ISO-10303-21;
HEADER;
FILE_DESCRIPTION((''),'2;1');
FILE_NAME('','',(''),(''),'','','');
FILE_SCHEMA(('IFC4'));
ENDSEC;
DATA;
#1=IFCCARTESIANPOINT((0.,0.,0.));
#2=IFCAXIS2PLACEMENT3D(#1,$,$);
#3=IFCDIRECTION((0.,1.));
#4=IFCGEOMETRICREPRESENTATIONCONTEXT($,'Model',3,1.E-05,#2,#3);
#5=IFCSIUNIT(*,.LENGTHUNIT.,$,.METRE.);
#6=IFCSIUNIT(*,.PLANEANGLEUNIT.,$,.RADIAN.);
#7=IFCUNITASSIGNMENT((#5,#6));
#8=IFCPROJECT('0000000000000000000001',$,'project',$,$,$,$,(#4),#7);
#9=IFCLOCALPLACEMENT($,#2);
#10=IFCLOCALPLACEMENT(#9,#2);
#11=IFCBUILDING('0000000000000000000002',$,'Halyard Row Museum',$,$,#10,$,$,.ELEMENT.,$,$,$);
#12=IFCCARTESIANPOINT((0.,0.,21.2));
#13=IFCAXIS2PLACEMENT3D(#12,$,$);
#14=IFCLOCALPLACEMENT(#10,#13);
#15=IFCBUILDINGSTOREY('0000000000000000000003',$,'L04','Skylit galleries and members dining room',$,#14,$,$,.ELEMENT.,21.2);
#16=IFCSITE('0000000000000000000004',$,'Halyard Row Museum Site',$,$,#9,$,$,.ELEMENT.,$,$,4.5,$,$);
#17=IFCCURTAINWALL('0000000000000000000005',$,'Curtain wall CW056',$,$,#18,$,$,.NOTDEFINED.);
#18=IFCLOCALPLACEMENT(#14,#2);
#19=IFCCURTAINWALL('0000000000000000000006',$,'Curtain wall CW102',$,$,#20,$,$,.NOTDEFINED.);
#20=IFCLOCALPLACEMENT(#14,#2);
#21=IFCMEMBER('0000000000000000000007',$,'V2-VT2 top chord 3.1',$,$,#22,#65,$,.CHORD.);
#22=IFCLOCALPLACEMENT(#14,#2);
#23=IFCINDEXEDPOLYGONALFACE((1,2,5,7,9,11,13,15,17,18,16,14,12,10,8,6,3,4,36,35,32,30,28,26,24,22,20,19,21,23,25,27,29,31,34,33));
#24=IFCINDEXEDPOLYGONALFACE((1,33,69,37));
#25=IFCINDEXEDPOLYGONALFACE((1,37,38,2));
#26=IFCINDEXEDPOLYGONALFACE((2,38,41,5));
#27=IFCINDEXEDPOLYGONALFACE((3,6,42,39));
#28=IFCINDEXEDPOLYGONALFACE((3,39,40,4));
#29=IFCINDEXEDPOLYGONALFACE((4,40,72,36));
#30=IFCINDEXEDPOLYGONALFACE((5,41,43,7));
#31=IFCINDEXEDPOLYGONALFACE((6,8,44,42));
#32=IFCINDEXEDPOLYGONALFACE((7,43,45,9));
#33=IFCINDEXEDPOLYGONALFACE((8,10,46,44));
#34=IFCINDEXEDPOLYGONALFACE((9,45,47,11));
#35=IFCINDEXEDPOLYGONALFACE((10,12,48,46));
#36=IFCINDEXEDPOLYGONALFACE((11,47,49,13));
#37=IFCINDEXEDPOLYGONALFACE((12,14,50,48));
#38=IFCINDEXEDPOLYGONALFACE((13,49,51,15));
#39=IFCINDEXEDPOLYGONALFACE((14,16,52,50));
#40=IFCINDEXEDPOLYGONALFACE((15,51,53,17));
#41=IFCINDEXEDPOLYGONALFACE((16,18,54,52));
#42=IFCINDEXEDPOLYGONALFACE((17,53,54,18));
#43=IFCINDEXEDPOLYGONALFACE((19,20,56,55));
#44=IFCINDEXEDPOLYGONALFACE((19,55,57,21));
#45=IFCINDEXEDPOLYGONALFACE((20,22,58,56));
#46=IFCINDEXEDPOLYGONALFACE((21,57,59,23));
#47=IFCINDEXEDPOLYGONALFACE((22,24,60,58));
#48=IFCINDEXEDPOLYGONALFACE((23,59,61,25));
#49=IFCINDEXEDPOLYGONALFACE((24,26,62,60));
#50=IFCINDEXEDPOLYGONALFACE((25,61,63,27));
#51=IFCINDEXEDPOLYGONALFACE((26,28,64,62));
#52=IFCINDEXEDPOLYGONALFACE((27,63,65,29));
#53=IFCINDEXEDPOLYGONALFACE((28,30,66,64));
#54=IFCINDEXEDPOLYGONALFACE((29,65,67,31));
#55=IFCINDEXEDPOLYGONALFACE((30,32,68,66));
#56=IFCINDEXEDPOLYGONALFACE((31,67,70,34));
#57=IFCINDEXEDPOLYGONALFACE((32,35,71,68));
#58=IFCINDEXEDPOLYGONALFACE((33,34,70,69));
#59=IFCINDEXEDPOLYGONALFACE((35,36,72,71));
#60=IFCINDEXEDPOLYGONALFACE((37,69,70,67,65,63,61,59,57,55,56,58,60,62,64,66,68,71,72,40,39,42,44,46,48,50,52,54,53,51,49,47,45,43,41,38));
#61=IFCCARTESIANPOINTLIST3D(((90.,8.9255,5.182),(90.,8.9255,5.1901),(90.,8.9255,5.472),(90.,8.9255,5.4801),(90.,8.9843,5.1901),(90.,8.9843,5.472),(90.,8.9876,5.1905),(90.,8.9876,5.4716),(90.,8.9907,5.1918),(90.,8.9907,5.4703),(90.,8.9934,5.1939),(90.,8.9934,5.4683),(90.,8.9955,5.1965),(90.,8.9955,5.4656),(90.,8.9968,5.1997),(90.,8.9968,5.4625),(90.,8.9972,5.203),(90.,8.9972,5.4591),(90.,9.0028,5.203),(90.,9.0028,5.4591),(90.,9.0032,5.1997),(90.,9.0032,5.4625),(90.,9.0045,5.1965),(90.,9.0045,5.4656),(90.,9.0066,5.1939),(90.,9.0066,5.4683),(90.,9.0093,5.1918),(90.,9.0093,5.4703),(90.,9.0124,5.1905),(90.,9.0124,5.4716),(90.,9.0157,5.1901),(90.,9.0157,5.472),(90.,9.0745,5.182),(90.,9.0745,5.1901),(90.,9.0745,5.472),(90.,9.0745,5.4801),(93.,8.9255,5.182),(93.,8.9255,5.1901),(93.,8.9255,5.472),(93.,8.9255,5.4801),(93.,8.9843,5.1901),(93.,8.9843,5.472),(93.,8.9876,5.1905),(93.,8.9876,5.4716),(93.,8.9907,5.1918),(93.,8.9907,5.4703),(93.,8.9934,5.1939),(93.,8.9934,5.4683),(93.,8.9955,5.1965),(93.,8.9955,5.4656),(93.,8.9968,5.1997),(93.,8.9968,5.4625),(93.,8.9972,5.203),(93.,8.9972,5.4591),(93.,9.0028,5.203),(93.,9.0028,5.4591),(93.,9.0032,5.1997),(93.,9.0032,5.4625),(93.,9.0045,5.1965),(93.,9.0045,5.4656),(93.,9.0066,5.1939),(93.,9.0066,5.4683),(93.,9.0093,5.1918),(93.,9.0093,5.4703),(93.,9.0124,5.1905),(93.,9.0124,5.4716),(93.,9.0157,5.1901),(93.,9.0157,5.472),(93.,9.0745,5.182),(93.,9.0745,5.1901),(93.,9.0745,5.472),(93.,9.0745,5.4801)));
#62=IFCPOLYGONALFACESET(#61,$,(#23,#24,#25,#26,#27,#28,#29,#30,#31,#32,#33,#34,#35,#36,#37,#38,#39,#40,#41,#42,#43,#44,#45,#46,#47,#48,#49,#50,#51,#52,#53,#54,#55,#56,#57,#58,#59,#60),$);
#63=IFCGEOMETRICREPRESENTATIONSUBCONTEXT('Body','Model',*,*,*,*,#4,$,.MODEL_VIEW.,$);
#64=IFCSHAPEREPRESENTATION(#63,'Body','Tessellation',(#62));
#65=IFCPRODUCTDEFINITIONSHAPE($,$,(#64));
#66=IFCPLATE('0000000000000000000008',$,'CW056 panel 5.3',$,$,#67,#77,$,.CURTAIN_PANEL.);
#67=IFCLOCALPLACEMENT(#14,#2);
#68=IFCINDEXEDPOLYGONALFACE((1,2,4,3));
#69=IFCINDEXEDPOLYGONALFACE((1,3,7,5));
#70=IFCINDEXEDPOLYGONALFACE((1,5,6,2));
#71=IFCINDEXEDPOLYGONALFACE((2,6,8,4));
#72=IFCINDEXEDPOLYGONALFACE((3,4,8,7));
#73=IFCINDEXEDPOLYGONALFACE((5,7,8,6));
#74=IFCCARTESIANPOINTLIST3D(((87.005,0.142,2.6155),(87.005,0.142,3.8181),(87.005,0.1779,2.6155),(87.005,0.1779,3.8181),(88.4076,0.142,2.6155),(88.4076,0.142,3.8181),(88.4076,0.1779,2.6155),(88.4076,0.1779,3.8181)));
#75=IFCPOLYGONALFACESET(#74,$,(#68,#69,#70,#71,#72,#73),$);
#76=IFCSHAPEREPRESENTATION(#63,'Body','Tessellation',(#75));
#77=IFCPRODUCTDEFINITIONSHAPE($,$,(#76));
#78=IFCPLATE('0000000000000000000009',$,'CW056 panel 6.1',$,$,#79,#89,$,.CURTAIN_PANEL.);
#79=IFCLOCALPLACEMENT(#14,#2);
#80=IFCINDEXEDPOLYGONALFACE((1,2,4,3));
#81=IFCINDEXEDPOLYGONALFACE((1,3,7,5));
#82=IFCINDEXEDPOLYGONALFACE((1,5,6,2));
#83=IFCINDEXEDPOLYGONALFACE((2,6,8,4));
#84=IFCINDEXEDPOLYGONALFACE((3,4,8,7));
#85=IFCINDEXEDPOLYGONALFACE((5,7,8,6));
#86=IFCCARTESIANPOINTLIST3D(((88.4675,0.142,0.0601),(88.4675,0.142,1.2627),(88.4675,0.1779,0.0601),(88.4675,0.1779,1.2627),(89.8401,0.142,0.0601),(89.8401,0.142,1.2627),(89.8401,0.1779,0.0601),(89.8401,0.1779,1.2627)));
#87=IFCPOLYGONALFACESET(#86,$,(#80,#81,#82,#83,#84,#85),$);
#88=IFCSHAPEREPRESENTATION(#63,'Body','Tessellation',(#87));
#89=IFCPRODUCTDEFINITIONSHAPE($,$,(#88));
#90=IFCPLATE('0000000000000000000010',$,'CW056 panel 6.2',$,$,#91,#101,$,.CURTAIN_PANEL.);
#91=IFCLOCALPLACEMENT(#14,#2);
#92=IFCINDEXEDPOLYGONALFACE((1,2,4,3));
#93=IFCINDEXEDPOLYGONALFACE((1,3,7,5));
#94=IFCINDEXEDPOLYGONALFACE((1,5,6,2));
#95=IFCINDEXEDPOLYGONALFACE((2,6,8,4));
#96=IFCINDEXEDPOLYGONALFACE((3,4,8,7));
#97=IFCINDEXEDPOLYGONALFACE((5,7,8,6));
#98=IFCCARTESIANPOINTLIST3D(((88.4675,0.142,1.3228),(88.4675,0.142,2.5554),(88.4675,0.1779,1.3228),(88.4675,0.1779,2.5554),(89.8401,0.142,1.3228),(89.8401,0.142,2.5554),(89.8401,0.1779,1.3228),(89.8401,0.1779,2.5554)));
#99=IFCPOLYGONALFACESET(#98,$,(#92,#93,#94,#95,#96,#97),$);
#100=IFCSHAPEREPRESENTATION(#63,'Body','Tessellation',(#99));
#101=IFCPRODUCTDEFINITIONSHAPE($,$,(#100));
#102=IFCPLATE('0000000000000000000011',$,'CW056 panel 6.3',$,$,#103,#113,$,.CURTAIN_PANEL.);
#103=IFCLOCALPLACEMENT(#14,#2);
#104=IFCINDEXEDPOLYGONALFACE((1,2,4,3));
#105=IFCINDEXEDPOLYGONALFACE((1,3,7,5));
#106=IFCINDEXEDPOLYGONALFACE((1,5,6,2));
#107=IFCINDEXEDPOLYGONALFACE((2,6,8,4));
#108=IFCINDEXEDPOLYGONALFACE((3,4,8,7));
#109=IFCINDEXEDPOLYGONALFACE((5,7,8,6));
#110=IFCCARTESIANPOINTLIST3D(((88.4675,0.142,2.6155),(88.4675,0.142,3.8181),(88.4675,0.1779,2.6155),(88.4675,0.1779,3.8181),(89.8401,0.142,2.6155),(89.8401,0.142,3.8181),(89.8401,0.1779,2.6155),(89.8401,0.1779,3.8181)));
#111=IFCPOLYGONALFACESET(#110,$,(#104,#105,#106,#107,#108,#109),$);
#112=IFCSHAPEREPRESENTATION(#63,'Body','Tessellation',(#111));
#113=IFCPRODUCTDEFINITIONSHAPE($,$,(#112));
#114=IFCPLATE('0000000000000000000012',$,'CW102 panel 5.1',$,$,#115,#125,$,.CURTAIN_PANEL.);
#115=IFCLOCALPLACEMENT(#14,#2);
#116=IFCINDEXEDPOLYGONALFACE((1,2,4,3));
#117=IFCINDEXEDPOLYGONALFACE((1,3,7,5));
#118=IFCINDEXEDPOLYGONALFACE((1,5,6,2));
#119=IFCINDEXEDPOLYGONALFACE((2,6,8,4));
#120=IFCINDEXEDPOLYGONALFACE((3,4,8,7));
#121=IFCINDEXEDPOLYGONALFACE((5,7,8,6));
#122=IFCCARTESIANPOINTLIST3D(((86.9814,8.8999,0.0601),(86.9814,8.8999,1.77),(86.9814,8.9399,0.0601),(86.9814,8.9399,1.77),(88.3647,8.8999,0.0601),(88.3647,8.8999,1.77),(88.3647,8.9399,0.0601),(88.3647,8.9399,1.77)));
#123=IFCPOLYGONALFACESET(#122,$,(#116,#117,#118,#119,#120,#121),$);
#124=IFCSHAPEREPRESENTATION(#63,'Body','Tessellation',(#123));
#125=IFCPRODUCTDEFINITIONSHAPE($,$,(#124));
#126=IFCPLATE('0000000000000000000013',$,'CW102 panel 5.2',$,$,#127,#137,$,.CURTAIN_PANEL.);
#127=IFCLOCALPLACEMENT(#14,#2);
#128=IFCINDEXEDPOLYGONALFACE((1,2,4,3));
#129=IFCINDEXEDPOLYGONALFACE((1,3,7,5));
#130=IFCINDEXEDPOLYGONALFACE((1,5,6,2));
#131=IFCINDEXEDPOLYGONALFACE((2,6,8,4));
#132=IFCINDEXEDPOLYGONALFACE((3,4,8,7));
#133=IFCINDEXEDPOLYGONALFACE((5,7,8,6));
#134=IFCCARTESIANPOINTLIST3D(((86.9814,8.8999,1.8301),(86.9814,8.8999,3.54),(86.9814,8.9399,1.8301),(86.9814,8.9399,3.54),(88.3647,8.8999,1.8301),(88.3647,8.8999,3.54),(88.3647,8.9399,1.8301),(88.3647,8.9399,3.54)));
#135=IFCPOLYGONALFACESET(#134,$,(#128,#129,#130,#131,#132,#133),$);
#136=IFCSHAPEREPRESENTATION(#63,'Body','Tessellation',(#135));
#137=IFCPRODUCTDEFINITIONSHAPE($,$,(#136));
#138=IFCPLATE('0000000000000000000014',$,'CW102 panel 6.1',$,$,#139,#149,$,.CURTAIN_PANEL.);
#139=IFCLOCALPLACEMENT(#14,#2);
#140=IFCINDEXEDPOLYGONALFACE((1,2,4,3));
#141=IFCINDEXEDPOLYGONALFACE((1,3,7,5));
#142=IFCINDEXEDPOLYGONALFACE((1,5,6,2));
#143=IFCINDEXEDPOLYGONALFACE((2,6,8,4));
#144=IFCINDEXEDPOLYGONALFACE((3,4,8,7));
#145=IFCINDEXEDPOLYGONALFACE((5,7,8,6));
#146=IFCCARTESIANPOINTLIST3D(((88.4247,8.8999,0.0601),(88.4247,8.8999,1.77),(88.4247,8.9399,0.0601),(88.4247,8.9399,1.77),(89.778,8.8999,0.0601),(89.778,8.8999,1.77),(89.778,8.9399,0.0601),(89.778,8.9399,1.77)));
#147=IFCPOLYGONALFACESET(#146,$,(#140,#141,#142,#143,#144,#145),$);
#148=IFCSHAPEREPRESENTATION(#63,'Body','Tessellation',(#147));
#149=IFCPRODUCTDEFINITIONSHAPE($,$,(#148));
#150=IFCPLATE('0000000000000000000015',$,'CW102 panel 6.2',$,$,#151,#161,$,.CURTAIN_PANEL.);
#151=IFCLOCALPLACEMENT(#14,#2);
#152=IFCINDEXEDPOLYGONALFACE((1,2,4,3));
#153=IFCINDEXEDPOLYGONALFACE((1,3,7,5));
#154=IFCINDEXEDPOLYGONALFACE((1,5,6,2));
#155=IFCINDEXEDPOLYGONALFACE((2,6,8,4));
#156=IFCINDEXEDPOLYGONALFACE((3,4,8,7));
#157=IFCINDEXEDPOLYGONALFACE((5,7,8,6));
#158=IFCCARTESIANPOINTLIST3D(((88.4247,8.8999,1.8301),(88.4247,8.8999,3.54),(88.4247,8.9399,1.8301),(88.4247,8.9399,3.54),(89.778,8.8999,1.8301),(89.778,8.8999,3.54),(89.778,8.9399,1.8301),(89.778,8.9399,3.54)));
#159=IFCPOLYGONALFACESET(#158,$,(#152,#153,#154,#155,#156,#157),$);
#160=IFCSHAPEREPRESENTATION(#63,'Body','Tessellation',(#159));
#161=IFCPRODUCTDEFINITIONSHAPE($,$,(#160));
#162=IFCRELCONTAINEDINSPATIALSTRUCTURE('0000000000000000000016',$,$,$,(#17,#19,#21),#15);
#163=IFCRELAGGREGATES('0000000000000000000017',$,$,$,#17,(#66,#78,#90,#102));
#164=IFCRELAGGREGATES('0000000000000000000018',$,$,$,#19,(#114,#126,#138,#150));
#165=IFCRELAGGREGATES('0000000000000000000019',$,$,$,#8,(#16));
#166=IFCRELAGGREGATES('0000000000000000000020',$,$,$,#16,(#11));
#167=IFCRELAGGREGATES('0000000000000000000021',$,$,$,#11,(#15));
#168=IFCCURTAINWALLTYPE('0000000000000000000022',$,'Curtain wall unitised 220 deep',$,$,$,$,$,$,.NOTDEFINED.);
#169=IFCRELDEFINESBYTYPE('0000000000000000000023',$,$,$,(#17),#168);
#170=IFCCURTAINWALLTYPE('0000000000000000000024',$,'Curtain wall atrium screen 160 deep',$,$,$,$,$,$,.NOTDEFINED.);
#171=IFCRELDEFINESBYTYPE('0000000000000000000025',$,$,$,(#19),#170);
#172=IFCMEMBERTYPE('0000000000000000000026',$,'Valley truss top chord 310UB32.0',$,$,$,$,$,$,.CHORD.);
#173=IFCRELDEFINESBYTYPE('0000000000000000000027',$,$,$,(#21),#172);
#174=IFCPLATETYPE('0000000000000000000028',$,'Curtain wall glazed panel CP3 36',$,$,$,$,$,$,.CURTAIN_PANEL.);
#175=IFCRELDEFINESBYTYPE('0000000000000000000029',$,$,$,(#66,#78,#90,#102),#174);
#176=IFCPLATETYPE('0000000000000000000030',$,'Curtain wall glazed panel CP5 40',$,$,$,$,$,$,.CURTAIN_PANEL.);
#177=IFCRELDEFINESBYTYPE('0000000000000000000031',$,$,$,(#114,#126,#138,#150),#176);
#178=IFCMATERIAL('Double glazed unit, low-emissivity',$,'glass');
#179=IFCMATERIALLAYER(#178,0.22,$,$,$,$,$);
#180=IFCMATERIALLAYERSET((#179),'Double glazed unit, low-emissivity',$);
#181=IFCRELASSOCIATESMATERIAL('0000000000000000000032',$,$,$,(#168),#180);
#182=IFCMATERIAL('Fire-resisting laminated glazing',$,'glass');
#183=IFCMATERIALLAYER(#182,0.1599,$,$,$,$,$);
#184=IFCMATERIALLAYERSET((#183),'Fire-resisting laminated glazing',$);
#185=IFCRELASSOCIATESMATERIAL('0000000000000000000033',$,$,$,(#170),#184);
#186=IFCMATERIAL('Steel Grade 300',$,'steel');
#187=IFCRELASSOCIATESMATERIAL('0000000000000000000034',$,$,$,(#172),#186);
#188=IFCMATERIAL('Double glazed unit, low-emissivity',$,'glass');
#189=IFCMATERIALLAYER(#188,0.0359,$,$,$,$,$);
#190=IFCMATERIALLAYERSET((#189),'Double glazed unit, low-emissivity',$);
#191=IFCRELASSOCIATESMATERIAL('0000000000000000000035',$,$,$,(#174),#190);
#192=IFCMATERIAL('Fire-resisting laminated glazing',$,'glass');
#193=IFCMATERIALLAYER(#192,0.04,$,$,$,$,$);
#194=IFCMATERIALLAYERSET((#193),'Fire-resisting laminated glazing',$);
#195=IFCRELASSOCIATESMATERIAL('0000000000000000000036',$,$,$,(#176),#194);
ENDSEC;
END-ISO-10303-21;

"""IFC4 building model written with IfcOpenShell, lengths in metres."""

from ifc_helpers import new_model, si_unit, direction, frame, origin, origin_2d, place, context, subcontext, project, spatial, rectangle, i_section, extrude, material, layer, layer_set, material_profile, profile_set, type_object, element, aggregate, save


model = new_model("IFC4")

# Units and contexts
model_context = context("Model", 3, precision=1e-05, world=origin(), true_north=direction((0.0, 1.0)))
body_context = subcontext(model_context, "Body", "Model", "MODEL_VIEW")
ifc_project = project(units=[si_unit("LENGTHUNIT", "METRE"), si_unit("PLANEANGLEUNIT", "RADIAN")], contexts=[model_context])

# Site, building, storey
site_placement = place(None, origin())
site = spatial("IfcSite", under=ifc_project, at=site_placement, Name="Halyard Row Museum Site", CompositionType="ELEMENT", RefElevation=4.5)
building_placement = place(site_placement, origin())
building = spatial("IfcBuilding", under=site, at=building_placement, Name="Halyard Row Museum", CompositionType="ELEMENT")
storey_placement = place(building_placement, frame((0.0, 0.0, 21.2)))
storey = spatial("IfcBuildingStorey", under=building, at=storey_placement, Name="L04", Description="Skylit galleries and members dining room", CompositionType="ELEMENT", Elevation=21.2)

# Curtain wall
ifc_material_1 = material(Name="Double glazed unit, low-emissivity", Category="glass")
ifc_layer_1 = layer(ifc_material_1, 0.22)
ifc_layer_set_1 = layer_set([ifc_layer_1], Name="Double glazed unit, low-emissivity")
curtain_wall_type_1 = type_object("IfcCurtainWallType", Name="Curtain wall unitised 220 deep", PredefinedType="NOTDEFINED", material=ifc_layer_set_1)
curtain_wall_1_placement = place(storey_placement, origin())
curtain_wall_1 = element("IfcCurtainWall", 1, at=curtain_wall_1_placement, inside=storey, type_object=curtain_wall_type_1, Name="Curtain wall CW056", PredefinedType="NOTDEFINED")

# Curtain wall
ifc_material_2 = material(Name="Fire-resisting laminated glazing", Category="glass")
ifc_layer_2 = layer(ifc_material_2, 0.1599)
ifc_layer_set_2 = layer_set([ifc_layer_2], Name="Fire-resisting laminated glazing")
curtain_wall_type_2 = type_object("IfcCurtainWallType", Name="Curtain wall atrium screen 160 deep", PredefinedType="NOTDEFINED", material=ifc_layer_set_2)
curtain_wall_2_placement = place(storey_placement, origin())
curtain_wall_2 = element("IfcCurtainWall", 2, at=curtain_wall_2_placement, inside=storey, type_object=curtain_wall_type_2, Name="Curtain wall CW102", PredefinedType="NOTDEFINED")

# Member
ifc_material_3 = material(Name="Steel Grade 300", Category="steel")
ifc_material_profile_1 = material_profile(ifc_material_3, i_section(OverallWidth=0.1489, OverallDepth=0.2981, WebThickness=0.0056, FlangeThickness=0.0081, FilletRadius=0.0129, at=origin_2d()), Name="310UB32.0")
ifc_profile_set_1 = profile_set([ifc_material_profile_1], Name="Steel Grade 300")
member_type_1 = type_object("IfcMemberType", Name="Valley truss top chord 310UB32.0", PredefinedType="CHORD", material=ifc_profile_set_1)
for number, where, z_axis, x_axis, name in (
    (3, (90.0, 9.0, 5.3311), (1.0, 0.0, 0.0), (0.0, 1.0, 0.0), "V2-VT2 top chord 3.1"),
):
    element("IfcMember", number, at=place(storey_placement, frame(where, z_axis=z_axis, x_axis=x_axis)), inside=storey, type_object=member_type_1, Name=name, PredefinedType="CHORD", context=body_context, shape_type="SweptSolid", body=[
        extrude(i_section(OverallWidth=0.1489, OverallDepth=0.2981, WebThickness=0.0056, FlangeThickness=0.0081, FilletRadius=0.0129, at=origin_2d()), origin(), (0.0, 0.0, 1.0), 3.0),
    ])

# Plates
ifc_material_4 = material(Name="Double glazed unit, low-emissivity", Category="glass")
ifc_layer_3 = layer(ifc_material_4, 0.0359)
ifc_layer_set_3 = layer_set([ifc_layer_3], Name="Double glazed unit, low-emissivity")
plate_type_1 = type_object("IfcPlateType", Name="Curtain wall glazed panel CP3 36", PredefinedType="CURTAIN_PANEL", material=ifc_layer_set_3)
plate_1_placement = place(storey_placement, frame((87.7063, 0.1599, 2.6155), z_axis=(0.0, 0.0, 1.0), x_axis=(1.0, 0.0, 0.0)))
plate_1 = element("IfcPlate", 4, at=plate_1_placement, type_object=plate_type_1, Name="CW056 panel 5.3", PredefinedType="CURTAIN_PANEL", context=body_context, shape_type="SweptSolid", body=[
    extrude(rectangle(XDim=1.4026, YDim=0.0359, at=origin_2d()), origin(), (0.0, 0.0, 1.0), 1.2026),
])
plate_2_placement = place(storey_placement, frame((89.1538, 0.1599, 0.0601), z_axis=(0.0, 0.0, 1.0), x_axis=(1.0, 0.0, 0.0)))
plate_2 = element("IfcPlate", 5, at=plate_2_placement, type_object=plate_type_1, Name="CW056 panel 6.1", PredefinedType="CURTAIN_PANEL", context=body_context, shape_type="SweptSolid", body=[
    extrude(rectangle(XDim=1.3726, YDim=0.0359, at=origin_2d()), origin(), (0.0, 0.0, 1.0), 1.2026),
])
plate_3_placement = place(storey_placement, frame((89.1538, 0.1599, 1.3228), z_axis=(0.0, 0.0, 1.0), x_axis=(1.0, 0.0, 0.0)))
plate_3 = element("IfcPlate", 6, at=plate_3_placement, type_object=plate_type_1, Name="CW056 panel 6.2", PredefinedType="CURTAIN_PANEL", context=body_context, shape_type="SweptSolid", body=[
    extrude(rectangle(XDim=1.3726, YDim=0.0359, at=origin_2d()), origin(), (0.0, 0.0, 1.0), 1.2327),
])
plate_4_placement = place(storey_placement, frame((89.1538, 0.1599, 2.6155), z_axis=(0.0, 0.0, 1.0), x_axis=(1.0, 0.0, 0.0)))
plate_4 = element("IfcPlate", 7, at=plate_4_placement, type_object=plate_type_1, Name="CW056 panel 6.3", PredefinedType="CURTAIN_PANEL", context=body_context, shape_type="SweptSolid", body=[
    extrude(rectangle(XDim=1.3726, YDim=0.0359, at=origin_2d()), origin(), (0.0, 0.0, 1.0), 1.2026),
])
aggregate(curtain_wall_1, [plate_1, plate_2, plate_3, plate_4])
ifc_material_5 = material(Name="Fire-resisting laminated glazing", Category="glass")
ifc_layer_4 = layer(ifc_material_5, 0.04)
ifc_layer_set_4 = layer_set([ifc_layer_4], Name="Fire-resisting laminated glazing")
plate_type_2 = type_object("IfcPlateType", Name="Curtain wall glazed panel CP5 40", PredefinedType="CURTAIN_PANEL", material=ifc_layer_set_4)
plate_5_placement = place(storey_placement, frame((87.6731, 8.9199, 0.0601), z_axis=(0.0, 0.0, 1.0), x_axis=(1.0, 0.0, 0.0)))
plate_5 = element("IfcPlate", 8, at=plate_5_placement, type_object=plate_type_2, Name="CW102 panel 5.1", PredefinedType="CURTAIN_PANEL", context=body_context, shape_type="SweptSolid", body=[
    extrude(rectangle(XDim=1.3833, YDim=0.04, at=origin_2d()), origin(), (0.0, 0.0, 1.0), 1.71),
])
plate_6_placement = place(storey_placement, frame((87.6731, 8.9199, 1.8301), z_axis=(0.0, 0.0, 1.0), x_axis=(1.0, 0.0, 0.0)))
plate_6 = element("IfcPlate", 9, at=plate_6_placement, type_object=plate_type_2, Name="CW102 panel 5.2", PredefinedType="CURTAIN_PANEL", context=body_context, shape_type="SweptSolid", body=[
    extrude(rectangle(XDim=1.3833, YDim=0.04, at=origin_2d()), origin(), (0.0, 0.0, 1.0), 1.71),
])
plate_7_placement = place(storey_placement, frame((89.1013, 8.9199, 0.0601), z_axis=(0.0, 0.0, 1.0), x_axis=(1.0, 0.0, 0.0)))
plate_7 = element("IfcPlate", 10, at=plate_7_placement, type_object=plate_type_2, Name="CW102 panel 6.1", PredefinedType="CURTAIN_PANEL", context=body_context, shape_type="SweptSolid", body=[
    extrude(rectangle(XDim=1.3533, YDim=0.04, at=origin_2d()), origin(), (0.0, 0.0, 1.0), 1.71),
])
plate_8_placement = place(storey_placement, frame((89.1013, 8.9199, 1.8301), z_axis=(0.0, 0.0, 1.0), x_axis=(1.0, 0.0, 0.0)))
plate_8 = element("IfcPlate", 11, at=plate_8_placement, type_object=plate_type_2, Name="CW102 panel 6.2", PredefinedType="CURTAIN_PANEL", context=body_context, shape_type="SweptSolid", body=[
    extrude(rectangle(XDim=1.3533, YDim=0.04, at=origin_2d()), origin(), (0.0, 0.0, 1.0), 1.71),
])
aggregate(curtain_wall_2, [plate_5, plate_6, plate_7, plate_8])

save(model, "model.ifc")
